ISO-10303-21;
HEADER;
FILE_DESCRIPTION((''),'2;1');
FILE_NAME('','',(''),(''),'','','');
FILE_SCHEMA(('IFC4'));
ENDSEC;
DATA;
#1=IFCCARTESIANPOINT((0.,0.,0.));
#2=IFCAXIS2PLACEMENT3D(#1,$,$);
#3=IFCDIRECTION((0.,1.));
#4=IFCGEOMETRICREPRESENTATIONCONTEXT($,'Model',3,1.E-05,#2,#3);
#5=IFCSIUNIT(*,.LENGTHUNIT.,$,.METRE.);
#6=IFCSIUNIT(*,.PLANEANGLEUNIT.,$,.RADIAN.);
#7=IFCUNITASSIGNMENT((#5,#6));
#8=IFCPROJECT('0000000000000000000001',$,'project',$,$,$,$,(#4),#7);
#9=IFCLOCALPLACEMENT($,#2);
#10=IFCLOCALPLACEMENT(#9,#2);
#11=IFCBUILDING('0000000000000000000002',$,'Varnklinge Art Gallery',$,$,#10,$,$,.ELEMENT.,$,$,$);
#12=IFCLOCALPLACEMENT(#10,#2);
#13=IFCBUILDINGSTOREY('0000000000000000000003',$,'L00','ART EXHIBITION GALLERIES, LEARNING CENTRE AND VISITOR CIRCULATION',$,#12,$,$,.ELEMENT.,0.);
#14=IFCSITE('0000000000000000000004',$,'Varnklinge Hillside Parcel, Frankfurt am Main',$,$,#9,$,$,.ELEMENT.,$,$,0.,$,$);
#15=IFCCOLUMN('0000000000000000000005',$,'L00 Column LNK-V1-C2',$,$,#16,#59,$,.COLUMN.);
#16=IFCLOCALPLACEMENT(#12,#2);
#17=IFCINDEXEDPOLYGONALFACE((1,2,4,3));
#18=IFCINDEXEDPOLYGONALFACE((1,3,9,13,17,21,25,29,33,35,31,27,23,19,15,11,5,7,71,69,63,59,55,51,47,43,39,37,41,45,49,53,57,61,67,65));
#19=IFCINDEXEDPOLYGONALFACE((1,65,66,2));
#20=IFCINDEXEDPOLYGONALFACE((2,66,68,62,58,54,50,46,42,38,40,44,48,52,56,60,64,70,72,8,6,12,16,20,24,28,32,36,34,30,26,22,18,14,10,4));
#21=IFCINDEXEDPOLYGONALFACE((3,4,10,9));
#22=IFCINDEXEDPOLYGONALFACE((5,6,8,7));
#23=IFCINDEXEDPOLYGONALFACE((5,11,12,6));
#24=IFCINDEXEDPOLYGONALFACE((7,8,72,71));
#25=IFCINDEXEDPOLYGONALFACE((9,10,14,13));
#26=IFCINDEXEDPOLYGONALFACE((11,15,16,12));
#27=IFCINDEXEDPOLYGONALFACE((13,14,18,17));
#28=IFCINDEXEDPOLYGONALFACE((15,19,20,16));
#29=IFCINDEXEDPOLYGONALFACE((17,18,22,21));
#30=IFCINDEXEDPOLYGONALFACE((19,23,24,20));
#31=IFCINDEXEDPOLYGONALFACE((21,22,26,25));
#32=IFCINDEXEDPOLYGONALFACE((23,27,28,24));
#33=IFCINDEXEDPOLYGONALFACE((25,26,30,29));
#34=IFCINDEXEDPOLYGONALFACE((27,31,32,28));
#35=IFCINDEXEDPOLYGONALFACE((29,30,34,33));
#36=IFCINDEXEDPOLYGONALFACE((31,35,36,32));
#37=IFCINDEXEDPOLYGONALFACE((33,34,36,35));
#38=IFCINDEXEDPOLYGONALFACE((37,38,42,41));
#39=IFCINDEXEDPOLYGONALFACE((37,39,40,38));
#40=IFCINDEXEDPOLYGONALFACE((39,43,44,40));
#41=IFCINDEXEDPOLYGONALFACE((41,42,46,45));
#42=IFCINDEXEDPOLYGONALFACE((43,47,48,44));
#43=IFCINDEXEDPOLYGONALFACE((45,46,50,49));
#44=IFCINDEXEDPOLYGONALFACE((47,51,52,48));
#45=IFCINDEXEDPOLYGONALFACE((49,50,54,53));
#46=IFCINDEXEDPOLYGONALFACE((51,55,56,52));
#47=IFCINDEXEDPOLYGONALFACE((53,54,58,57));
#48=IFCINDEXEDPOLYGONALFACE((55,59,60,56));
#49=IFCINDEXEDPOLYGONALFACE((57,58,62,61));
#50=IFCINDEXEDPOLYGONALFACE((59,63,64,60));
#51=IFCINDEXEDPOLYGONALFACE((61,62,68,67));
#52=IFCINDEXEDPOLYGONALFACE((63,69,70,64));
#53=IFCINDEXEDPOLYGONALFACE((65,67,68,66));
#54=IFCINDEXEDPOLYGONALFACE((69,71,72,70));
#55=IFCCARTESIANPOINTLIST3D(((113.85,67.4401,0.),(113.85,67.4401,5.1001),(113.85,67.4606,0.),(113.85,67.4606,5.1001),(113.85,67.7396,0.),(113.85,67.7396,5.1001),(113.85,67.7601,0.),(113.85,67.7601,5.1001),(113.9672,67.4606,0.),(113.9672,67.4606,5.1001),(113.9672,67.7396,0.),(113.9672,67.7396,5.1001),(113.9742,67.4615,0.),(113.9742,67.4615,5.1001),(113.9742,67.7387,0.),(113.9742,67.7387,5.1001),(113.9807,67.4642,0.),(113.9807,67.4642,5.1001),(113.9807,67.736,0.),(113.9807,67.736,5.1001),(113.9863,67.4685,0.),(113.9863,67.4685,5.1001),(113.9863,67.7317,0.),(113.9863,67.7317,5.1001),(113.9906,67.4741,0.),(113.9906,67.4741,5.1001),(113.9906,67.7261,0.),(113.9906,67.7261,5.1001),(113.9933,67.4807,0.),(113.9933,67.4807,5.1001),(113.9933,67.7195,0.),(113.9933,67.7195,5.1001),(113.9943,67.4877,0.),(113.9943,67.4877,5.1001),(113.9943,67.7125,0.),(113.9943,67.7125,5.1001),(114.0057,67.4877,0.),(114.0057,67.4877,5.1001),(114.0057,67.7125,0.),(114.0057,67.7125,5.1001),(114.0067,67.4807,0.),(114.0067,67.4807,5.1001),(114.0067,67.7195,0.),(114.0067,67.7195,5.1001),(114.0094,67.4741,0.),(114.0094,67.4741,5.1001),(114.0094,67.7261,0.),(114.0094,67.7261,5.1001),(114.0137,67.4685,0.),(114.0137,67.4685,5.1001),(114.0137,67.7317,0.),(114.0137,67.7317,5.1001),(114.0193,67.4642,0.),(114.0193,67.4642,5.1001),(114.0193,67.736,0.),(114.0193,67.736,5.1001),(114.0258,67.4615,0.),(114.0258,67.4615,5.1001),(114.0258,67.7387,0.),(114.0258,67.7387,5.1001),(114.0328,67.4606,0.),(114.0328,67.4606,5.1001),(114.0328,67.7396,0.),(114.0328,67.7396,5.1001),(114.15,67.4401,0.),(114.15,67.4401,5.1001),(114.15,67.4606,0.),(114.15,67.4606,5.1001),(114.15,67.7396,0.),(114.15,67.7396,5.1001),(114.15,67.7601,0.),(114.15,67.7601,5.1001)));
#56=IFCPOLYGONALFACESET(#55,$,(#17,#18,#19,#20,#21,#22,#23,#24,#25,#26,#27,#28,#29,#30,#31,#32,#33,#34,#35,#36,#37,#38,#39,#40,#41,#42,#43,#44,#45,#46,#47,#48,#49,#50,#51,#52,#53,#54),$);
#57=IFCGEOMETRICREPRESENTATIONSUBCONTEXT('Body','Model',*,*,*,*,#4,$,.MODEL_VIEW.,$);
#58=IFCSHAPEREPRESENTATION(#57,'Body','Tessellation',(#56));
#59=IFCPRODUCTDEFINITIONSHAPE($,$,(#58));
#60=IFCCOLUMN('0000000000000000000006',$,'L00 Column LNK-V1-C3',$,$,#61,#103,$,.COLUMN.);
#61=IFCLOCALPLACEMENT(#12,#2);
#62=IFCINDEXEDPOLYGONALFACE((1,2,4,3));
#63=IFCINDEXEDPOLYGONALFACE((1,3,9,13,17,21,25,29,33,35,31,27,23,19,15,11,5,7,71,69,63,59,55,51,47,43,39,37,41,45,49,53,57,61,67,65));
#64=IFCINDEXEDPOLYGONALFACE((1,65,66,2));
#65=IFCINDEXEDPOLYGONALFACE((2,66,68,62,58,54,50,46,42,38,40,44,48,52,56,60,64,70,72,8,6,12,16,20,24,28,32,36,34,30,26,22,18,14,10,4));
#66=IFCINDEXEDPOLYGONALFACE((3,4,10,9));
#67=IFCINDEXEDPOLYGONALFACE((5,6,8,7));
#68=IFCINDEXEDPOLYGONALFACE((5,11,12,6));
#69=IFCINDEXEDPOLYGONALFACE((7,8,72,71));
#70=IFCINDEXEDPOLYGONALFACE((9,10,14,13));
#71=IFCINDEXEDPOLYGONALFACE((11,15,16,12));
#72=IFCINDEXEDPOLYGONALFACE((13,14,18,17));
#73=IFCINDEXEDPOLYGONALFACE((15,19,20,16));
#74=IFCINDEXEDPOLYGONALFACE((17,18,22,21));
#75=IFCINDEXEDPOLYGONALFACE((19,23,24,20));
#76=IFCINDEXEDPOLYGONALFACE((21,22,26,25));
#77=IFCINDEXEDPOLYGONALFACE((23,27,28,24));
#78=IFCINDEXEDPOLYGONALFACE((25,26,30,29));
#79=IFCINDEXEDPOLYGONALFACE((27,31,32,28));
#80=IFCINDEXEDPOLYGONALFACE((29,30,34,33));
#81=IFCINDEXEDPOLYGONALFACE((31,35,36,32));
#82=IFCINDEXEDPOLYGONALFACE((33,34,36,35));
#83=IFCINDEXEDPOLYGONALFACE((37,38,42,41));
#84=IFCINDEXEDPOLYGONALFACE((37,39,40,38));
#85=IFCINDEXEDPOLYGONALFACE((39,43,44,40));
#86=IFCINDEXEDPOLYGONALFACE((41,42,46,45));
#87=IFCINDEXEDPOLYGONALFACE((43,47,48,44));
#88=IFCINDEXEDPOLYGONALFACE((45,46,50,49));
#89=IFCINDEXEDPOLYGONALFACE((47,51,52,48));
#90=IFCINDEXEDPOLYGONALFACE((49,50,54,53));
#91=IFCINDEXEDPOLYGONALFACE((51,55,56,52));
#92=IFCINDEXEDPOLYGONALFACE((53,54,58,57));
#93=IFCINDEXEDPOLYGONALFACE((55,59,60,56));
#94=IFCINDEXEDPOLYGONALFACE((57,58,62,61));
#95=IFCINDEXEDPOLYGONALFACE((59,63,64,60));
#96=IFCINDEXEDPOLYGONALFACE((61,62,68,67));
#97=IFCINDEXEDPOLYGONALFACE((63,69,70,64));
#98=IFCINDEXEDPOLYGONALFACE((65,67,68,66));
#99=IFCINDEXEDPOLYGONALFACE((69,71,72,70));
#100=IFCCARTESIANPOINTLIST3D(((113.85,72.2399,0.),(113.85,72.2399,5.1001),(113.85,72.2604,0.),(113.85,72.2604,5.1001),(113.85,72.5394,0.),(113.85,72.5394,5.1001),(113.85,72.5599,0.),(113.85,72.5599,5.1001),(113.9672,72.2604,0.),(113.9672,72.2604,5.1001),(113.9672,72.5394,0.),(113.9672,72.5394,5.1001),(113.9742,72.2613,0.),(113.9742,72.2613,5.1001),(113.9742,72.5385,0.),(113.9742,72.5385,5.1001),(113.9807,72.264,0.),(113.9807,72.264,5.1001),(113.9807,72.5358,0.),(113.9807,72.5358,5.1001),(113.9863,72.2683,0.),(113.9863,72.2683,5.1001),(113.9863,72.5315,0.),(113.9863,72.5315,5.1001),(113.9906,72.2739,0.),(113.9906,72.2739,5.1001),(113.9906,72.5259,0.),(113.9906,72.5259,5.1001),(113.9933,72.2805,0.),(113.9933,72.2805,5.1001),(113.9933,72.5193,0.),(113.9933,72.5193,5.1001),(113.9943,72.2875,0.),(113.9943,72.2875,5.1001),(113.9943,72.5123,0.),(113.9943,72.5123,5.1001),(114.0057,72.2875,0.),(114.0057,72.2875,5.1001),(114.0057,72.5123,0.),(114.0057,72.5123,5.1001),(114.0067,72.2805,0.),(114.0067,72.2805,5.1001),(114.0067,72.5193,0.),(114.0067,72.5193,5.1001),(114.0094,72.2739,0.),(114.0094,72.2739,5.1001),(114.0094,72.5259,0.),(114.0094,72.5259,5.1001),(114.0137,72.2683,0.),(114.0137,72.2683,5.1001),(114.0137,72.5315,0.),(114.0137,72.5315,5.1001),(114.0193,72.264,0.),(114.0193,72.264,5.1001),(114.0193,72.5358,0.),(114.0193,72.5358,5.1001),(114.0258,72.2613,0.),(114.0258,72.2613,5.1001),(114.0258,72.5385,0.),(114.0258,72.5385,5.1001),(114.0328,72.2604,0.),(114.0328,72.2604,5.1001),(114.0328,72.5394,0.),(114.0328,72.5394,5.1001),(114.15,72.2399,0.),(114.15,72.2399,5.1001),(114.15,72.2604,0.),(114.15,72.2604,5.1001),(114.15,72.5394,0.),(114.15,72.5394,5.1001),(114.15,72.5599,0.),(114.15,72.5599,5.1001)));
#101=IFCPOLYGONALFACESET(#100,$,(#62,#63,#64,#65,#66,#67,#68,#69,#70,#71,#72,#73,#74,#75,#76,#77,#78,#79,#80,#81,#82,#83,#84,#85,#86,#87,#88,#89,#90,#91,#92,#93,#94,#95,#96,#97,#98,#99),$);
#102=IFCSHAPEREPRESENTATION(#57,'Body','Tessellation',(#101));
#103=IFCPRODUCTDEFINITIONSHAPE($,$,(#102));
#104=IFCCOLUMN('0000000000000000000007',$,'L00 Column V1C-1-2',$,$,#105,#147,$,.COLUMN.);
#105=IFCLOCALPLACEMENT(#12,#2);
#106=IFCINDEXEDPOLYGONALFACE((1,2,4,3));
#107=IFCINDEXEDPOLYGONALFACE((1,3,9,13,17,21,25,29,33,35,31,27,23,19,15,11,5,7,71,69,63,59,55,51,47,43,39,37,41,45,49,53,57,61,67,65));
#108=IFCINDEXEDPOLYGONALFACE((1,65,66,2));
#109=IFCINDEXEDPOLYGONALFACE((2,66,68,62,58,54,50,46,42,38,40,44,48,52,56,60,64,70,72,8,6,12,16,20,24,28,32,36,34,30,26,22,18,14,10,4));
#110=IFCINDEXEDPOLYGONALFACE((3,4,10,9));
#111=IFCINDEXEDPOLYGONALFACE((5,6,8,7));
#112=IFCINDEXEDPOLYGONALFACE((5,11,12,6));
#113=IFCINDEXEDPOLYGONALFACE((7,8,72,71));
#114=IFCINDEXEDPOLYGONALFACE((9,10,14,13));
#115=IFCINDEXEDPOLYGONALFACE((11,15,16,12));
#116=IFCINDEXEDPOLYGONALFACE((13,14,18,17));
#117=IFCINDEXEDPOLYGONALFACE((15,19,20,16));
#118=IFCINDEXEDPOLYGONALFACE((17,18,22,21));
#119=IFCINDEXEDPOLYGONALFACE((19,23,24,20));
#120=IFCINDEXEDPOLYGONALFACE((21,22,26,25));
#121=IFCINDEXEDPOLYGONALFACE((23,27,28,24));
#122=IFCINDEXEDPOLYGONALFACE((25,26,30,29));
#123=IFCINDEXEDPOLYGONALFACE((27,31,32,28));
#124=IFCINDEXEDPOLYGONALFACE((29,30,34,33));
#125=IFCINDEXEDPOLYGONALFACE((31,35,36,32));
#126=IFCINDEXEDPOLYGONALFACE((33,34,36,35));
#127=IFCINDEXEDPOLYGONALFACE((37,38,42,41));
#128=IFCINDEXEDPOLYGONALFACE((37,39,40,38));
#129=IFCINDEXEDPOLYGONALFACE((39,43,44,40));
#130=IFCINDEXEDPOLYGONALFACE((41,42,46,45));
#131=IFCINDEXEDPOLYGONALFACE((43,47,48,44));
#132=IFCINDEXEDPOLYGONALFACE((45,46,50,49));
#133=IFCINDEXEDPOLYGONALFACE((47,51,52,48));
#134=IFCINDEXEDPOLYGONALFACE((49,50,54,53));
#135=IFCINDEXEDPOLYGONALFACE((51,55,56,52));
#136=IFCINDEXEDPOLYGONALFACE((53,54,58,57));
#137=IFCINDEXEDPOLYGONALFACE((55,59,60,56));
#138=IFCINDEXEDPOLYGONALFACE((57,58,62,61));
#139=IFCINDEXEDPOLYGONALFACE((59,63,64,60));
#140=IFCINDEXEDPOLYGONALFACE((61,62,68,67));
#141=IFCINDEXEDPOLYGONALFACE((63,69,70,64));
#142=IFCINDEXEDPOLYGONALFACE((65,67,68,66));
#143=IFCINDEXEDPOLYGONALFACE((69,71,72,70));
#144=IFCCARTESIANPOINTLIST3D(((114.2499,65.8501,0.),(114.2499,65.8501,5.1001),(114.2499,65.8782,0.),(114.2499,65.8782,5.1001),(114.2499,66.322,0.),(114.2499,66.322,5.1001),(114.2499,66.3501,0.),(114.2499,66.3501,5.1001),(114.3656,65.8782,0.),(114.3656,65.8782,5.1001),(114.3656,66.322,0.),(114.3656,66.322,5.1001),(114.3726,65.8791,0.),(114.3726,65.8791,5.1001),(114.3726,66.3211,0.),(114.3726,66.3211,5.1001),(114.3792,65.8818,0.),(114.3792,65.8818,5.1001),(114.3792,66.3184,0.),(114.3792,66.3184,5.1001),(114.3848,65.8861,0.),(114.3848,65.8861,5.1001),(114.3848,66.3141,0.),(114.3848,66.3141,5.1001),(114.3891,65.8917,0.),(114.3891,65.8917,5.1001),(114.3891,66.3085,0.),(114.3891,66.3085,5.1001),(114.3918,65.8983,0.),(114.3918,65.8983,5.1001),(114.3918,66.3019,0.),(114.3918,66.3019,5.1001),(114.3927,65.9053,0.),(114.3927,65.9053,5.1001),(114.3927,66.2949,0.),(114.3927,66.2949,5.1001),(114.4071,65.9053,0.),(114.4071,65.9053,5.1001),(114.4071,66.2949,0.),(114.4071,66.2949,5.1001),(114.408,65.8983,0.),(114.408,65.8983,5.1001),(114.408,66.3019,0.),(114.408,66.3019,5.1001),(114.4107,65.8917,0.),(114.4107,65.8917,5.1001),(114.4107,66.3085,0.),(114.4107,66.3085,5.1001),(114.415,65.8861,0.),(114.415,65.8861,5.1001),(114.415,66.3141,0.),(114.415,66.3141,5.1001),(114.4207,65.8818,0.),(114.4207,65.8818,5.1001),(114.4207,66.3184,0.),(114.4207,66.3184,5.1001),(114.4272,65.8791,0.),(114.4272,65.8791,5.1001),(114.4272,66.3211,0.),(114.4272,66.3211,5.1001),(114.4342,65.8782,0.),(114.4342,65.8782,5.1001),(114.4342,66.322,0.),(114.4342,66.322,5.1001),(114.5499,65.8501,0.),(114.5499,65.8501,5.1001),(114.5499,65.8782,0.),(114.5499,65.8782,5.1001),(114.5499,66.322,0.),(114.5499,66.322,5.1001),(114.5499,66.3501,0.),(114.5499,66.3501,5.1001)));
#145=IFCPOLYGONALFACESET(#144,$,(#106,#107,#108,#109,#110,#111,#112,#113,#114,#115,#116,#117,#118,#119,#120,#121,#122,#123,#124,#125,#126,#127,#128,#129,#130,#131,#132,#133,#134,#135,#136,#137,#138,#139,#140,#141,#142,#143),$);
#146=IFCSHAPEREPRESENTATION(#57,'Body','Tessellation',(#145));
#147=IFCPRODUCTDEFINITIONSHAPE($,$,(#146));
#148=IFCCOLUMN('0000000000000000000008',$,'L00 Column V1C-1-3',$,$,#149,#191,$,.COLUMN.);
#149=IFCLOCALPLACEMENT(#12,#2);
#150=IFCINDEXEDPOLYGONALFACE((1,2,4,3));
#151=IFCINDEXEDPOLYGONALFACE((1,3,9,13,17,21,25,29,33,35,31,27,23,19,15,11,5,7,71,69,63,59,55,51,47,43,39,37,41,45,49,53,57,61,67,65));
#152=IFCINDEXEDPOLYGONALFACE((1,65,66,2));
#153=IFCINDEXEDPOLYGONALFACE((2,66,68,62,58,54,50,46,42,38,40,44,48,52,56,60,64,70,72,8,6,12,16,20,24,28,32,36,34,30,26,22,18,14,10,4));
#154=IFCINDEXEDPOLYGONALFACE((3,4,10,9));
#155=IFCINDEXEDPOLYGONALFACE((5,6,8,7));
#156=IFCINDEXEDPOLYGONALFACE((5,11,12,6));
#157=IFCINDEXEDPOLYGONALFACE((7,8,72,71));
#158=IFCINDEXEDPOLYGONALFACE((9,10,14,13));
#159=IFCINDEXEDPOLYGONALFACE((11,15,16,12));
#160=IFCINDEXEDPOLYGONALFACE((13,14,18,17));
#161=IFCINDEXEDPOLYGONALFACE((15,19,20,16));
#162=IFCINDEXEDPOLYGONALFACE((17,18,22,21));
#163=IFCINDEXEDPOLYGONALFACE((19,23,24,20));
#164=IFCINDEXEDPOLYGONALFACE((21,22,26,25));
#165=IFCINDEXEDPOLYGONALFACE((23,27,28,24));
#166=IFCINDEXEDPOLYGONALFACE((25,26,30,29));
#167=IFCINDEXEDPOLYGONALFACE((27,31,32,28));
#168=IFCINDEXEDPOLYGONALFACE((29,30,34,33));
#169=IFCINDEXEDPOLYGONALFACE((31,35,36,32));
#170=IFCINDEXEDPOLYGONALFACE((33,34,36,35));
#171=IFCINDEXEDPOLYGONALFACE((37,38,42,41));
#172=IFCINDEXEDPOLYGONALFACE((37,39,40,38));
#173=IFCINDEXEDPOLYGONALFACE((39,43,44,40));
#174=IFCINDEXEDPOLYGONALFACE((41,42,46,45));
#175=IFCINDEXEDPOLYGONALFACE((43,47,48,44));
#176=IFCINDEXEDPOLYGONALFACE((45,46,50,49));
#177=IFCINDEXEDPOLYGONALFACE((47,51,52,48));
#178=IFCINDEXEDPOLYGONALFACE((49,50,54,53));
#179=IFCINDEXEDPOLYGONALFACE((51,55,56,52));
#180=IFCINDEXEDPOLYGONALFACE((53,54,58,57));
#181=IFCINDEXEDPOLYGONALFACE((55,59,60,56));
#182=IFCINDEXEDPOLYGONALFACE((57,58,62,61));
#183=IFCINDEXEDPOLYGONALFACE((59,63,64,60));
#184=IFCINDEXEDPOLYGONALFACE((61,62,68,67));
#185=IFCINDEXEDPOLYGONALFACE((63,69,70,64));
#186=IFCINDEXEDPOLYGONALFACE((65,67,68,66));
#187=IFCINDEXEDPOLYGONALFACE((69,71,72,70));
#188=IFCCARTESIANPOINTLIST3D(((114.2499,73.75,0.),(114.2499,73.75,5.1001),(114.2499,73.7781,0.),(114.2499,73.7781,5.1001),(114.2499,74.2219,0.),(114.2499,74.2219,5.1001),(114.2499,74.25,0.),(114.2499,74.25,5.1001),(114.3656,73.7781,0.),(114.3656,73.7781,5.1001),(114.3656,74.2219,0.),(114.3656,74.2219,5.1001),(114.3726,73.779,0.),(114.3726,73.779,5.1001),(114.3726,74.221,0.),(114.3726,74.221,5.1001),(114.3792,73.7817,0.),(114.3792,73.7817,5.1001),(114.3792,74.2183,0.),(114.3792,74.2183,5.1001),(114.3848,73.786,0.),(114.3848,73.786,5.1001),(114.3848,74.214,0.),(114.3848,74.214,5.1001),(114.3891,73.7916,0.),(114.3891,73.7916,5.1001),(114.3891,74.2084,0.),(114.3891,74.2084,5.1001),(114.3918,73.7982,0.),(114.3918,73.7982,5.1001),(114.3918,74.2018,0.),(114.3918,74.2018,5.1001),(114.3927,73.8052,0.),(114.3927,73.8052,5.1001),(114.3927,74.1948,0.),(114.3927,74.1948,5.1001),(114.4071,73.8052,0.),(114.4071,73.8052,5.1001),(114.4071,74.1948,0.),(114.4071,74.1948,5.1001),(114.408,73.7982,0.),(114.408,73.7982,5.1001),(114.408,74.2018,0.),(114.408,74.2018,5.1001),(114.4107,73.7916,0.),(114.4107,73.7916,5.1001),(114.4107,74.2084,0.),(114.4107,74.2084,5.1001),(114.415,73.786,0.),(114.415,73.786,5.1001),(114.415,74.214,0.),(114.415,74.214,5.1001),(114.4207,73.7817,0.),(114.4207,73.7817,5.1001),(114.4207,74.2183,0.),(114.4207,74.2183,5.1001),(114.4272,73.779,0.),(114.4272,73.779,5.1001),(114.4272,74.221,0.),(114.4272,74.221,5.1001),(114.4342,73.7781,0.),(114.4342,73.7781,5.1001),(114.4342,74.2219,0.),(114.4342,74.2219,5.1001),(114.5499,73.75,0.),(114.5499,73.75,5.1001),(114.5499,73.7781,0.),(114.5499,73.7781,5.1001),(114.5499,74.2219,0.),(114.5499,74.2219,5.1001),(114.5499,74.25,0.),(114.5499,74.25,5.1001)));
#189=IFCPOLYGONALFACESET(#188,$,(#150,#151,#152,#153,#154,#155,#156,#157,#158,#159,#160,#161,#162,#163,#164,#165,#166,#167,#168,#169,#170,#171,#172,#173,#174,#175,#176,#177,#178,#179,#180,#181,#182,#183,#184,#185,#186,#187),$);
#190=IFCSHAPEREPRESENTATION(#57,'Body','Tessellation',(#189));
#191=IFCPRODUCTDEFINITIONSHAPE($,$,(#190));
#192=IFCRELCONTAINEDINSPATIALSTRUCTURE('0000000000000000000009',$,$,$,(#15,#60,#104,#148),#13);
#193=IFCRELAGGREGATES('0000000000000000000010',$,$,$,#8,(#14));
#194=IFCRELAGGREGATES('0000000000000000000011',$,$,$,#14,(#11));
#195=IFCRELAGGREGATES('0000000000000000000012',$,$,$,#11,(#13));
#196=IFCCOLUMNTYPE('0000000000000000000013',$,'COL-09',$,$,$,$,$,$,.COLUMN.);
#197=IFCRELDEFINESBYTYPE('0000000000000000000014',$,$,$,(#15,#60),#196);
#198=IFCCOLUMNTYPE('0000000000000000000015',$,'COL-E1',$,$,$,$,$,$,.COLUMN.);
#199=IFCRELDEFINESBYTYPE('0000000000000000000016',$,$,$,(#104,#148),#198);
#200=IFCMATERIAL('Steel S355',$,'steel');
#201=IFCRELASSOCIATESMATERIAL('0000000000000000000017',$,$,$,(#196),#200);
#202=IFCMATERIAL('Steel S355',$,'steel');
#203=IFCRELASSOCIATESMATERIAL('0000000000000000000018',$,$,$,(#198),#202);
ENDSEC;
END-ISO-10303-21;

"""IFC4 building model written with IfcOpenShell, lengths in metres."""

from ifc_helpers import new_model, si_unit, direction, frame, origin, origin_2d, place, context, subcontext, project, spatial, i_section, extrude, material, material_profile, profile_set, type_object, element, save


model = new_model("IFC4")

# Units and contexts
model_context = context("Model", 3, precision=1e-05, world=origin(), true_north=direction((0.0, 1.0)))
body_context = subcontext(model_context, "Body", "Model", "MODEL_VIEW")
ifc_project = project(units=[si_unit("LENGTHUNIT", "METRE"), si_unit("PLANEANGLEUNIT", "RADIAN")], contexts=[model_context])

# Site, building, storey
site_placement = place(None, origin())
site = spatial("IfcSite", under=ifc_project, at=site_placement, Name="Varnklinge Hillside Parcel, Frankfurt am Main", CompositionType="ELEMENT", RefElevation=0.0)
building_placement = place(site_placement, origin())
building = spatial("IfcBuilding", under=site, at=building_placement, Name="Varnklinge Art Gallery", CompositionType="ELEMENT")
storey_placement = place(building_placement, origin())
storey = spatial("IfcBuildingStorey", under=building, at=storey_placement, Name="L00", Description="ART EXHIBITION GALLERIES, LEARNING CENTRE AND VISITOR CIRCULATION", CompositionType="ELEMENT", Elevation=0.0)

# Columns
ifc_material_1 = material(Name="Steel S355", Category="steel")
ifc_material_profile_1 = material_profile(ifc_material_1, i_section(OverallWidth=0.3, OverallDepth=0.3201, WebThickness=0.0115, FlangeThickness=0.0205, FilletRadius=0.0271, at=origin_2d()), Name="HEB 320")
ifc_profile_set_1 = profile_set([ifc_material_profile_1], Name="Steel S355")
column_type_1 = type_object("IfcColumnType", Name="COL-09", PredefinedType="COLUMN", material=ifc_profile_set_1)
for number, where, z_axis, x_axis, name in (
    (1, (114.0, 67.6001, 0.0), (0.0, 0.0, 1.0), (1.0, 0.0, 0.0), "L00 Column LNK-V1-C2"),
    (2, (114.0, 72.3999, 0.0), (0.0, 0.0, 1.0), (1.0, 0.0, 0.0), "L00 Column LNK-V1-C3"),
):
    element("IfcColumn", number, at=place(storey_placement, frame(where, z_axis=z_axis, x_axis=x_axis)), inside=storey, type_object=column_type_1, Name=name, PredefinedType="COLUMN", context=body_context, shape_type="SweptSolid", body=[
        extrude(i_section(OverallWidth=0.3, OverallDepth=0.3201, WebThickness=0.0115, FlangeThickness=0.0205, FilletRadius=0.0271, at=origin_2d()), origin(), (0.0, 0.0, 1.0), 5.1001),
    ])
ifc_material_2 = material(Name="Steel S355", Category="steel")
ifc_material_profile_2 = material_profile(ifc_material_2, i_section(OverallWidth=0.3, OverallDepth=0.5, WebThickness=0.0144, FlangeThickness=0.0281, FilletRadius=0.0271, at=origin_2d()), Name="HEB 500")
ifc_profile_set_2 = profile_set([ifc_material_profile_2], Name="Steel S355")
column_type_2 = type_object("IfcColumnType", Name="COL-E1", PredefinedType="COLUMN", material=ifc_profile_set_2)
for number, where, z_axis, x_axis, name in (
    (3, (114.3999, 66.1001, 0.0), (0.0, 0.0, 1.0), (1.0, 0.0, 0.0), "L00 Column V1C-1-2"),
    (4, (114.3999, 74.0, 0.0), (0.0, 0.0, 1.0), (1.0, 0.0, 0.0), "L00 Column V1C-1-3"),
):
    element("IfcColumn", number, at=place(storey_placement, frame(where, z_axis=z_axis, x_axis=x_axis)), inside=storey, type_object=column_type_2, Name=name, PredefinedType="COLUMN", context=body_context, shape_type="SweptSolid", body=[
        extrude(i_section(OverallWidth=0.3, OverallDepth=0.5, WebThickness=0.0144, FlangeThickness=0.0281, FilletRadius=0.0271, at=origin_2d()), origin(), (0.0, 0.0, 1.0), 5.1001),
    ])

save(model, "model.ifc")
